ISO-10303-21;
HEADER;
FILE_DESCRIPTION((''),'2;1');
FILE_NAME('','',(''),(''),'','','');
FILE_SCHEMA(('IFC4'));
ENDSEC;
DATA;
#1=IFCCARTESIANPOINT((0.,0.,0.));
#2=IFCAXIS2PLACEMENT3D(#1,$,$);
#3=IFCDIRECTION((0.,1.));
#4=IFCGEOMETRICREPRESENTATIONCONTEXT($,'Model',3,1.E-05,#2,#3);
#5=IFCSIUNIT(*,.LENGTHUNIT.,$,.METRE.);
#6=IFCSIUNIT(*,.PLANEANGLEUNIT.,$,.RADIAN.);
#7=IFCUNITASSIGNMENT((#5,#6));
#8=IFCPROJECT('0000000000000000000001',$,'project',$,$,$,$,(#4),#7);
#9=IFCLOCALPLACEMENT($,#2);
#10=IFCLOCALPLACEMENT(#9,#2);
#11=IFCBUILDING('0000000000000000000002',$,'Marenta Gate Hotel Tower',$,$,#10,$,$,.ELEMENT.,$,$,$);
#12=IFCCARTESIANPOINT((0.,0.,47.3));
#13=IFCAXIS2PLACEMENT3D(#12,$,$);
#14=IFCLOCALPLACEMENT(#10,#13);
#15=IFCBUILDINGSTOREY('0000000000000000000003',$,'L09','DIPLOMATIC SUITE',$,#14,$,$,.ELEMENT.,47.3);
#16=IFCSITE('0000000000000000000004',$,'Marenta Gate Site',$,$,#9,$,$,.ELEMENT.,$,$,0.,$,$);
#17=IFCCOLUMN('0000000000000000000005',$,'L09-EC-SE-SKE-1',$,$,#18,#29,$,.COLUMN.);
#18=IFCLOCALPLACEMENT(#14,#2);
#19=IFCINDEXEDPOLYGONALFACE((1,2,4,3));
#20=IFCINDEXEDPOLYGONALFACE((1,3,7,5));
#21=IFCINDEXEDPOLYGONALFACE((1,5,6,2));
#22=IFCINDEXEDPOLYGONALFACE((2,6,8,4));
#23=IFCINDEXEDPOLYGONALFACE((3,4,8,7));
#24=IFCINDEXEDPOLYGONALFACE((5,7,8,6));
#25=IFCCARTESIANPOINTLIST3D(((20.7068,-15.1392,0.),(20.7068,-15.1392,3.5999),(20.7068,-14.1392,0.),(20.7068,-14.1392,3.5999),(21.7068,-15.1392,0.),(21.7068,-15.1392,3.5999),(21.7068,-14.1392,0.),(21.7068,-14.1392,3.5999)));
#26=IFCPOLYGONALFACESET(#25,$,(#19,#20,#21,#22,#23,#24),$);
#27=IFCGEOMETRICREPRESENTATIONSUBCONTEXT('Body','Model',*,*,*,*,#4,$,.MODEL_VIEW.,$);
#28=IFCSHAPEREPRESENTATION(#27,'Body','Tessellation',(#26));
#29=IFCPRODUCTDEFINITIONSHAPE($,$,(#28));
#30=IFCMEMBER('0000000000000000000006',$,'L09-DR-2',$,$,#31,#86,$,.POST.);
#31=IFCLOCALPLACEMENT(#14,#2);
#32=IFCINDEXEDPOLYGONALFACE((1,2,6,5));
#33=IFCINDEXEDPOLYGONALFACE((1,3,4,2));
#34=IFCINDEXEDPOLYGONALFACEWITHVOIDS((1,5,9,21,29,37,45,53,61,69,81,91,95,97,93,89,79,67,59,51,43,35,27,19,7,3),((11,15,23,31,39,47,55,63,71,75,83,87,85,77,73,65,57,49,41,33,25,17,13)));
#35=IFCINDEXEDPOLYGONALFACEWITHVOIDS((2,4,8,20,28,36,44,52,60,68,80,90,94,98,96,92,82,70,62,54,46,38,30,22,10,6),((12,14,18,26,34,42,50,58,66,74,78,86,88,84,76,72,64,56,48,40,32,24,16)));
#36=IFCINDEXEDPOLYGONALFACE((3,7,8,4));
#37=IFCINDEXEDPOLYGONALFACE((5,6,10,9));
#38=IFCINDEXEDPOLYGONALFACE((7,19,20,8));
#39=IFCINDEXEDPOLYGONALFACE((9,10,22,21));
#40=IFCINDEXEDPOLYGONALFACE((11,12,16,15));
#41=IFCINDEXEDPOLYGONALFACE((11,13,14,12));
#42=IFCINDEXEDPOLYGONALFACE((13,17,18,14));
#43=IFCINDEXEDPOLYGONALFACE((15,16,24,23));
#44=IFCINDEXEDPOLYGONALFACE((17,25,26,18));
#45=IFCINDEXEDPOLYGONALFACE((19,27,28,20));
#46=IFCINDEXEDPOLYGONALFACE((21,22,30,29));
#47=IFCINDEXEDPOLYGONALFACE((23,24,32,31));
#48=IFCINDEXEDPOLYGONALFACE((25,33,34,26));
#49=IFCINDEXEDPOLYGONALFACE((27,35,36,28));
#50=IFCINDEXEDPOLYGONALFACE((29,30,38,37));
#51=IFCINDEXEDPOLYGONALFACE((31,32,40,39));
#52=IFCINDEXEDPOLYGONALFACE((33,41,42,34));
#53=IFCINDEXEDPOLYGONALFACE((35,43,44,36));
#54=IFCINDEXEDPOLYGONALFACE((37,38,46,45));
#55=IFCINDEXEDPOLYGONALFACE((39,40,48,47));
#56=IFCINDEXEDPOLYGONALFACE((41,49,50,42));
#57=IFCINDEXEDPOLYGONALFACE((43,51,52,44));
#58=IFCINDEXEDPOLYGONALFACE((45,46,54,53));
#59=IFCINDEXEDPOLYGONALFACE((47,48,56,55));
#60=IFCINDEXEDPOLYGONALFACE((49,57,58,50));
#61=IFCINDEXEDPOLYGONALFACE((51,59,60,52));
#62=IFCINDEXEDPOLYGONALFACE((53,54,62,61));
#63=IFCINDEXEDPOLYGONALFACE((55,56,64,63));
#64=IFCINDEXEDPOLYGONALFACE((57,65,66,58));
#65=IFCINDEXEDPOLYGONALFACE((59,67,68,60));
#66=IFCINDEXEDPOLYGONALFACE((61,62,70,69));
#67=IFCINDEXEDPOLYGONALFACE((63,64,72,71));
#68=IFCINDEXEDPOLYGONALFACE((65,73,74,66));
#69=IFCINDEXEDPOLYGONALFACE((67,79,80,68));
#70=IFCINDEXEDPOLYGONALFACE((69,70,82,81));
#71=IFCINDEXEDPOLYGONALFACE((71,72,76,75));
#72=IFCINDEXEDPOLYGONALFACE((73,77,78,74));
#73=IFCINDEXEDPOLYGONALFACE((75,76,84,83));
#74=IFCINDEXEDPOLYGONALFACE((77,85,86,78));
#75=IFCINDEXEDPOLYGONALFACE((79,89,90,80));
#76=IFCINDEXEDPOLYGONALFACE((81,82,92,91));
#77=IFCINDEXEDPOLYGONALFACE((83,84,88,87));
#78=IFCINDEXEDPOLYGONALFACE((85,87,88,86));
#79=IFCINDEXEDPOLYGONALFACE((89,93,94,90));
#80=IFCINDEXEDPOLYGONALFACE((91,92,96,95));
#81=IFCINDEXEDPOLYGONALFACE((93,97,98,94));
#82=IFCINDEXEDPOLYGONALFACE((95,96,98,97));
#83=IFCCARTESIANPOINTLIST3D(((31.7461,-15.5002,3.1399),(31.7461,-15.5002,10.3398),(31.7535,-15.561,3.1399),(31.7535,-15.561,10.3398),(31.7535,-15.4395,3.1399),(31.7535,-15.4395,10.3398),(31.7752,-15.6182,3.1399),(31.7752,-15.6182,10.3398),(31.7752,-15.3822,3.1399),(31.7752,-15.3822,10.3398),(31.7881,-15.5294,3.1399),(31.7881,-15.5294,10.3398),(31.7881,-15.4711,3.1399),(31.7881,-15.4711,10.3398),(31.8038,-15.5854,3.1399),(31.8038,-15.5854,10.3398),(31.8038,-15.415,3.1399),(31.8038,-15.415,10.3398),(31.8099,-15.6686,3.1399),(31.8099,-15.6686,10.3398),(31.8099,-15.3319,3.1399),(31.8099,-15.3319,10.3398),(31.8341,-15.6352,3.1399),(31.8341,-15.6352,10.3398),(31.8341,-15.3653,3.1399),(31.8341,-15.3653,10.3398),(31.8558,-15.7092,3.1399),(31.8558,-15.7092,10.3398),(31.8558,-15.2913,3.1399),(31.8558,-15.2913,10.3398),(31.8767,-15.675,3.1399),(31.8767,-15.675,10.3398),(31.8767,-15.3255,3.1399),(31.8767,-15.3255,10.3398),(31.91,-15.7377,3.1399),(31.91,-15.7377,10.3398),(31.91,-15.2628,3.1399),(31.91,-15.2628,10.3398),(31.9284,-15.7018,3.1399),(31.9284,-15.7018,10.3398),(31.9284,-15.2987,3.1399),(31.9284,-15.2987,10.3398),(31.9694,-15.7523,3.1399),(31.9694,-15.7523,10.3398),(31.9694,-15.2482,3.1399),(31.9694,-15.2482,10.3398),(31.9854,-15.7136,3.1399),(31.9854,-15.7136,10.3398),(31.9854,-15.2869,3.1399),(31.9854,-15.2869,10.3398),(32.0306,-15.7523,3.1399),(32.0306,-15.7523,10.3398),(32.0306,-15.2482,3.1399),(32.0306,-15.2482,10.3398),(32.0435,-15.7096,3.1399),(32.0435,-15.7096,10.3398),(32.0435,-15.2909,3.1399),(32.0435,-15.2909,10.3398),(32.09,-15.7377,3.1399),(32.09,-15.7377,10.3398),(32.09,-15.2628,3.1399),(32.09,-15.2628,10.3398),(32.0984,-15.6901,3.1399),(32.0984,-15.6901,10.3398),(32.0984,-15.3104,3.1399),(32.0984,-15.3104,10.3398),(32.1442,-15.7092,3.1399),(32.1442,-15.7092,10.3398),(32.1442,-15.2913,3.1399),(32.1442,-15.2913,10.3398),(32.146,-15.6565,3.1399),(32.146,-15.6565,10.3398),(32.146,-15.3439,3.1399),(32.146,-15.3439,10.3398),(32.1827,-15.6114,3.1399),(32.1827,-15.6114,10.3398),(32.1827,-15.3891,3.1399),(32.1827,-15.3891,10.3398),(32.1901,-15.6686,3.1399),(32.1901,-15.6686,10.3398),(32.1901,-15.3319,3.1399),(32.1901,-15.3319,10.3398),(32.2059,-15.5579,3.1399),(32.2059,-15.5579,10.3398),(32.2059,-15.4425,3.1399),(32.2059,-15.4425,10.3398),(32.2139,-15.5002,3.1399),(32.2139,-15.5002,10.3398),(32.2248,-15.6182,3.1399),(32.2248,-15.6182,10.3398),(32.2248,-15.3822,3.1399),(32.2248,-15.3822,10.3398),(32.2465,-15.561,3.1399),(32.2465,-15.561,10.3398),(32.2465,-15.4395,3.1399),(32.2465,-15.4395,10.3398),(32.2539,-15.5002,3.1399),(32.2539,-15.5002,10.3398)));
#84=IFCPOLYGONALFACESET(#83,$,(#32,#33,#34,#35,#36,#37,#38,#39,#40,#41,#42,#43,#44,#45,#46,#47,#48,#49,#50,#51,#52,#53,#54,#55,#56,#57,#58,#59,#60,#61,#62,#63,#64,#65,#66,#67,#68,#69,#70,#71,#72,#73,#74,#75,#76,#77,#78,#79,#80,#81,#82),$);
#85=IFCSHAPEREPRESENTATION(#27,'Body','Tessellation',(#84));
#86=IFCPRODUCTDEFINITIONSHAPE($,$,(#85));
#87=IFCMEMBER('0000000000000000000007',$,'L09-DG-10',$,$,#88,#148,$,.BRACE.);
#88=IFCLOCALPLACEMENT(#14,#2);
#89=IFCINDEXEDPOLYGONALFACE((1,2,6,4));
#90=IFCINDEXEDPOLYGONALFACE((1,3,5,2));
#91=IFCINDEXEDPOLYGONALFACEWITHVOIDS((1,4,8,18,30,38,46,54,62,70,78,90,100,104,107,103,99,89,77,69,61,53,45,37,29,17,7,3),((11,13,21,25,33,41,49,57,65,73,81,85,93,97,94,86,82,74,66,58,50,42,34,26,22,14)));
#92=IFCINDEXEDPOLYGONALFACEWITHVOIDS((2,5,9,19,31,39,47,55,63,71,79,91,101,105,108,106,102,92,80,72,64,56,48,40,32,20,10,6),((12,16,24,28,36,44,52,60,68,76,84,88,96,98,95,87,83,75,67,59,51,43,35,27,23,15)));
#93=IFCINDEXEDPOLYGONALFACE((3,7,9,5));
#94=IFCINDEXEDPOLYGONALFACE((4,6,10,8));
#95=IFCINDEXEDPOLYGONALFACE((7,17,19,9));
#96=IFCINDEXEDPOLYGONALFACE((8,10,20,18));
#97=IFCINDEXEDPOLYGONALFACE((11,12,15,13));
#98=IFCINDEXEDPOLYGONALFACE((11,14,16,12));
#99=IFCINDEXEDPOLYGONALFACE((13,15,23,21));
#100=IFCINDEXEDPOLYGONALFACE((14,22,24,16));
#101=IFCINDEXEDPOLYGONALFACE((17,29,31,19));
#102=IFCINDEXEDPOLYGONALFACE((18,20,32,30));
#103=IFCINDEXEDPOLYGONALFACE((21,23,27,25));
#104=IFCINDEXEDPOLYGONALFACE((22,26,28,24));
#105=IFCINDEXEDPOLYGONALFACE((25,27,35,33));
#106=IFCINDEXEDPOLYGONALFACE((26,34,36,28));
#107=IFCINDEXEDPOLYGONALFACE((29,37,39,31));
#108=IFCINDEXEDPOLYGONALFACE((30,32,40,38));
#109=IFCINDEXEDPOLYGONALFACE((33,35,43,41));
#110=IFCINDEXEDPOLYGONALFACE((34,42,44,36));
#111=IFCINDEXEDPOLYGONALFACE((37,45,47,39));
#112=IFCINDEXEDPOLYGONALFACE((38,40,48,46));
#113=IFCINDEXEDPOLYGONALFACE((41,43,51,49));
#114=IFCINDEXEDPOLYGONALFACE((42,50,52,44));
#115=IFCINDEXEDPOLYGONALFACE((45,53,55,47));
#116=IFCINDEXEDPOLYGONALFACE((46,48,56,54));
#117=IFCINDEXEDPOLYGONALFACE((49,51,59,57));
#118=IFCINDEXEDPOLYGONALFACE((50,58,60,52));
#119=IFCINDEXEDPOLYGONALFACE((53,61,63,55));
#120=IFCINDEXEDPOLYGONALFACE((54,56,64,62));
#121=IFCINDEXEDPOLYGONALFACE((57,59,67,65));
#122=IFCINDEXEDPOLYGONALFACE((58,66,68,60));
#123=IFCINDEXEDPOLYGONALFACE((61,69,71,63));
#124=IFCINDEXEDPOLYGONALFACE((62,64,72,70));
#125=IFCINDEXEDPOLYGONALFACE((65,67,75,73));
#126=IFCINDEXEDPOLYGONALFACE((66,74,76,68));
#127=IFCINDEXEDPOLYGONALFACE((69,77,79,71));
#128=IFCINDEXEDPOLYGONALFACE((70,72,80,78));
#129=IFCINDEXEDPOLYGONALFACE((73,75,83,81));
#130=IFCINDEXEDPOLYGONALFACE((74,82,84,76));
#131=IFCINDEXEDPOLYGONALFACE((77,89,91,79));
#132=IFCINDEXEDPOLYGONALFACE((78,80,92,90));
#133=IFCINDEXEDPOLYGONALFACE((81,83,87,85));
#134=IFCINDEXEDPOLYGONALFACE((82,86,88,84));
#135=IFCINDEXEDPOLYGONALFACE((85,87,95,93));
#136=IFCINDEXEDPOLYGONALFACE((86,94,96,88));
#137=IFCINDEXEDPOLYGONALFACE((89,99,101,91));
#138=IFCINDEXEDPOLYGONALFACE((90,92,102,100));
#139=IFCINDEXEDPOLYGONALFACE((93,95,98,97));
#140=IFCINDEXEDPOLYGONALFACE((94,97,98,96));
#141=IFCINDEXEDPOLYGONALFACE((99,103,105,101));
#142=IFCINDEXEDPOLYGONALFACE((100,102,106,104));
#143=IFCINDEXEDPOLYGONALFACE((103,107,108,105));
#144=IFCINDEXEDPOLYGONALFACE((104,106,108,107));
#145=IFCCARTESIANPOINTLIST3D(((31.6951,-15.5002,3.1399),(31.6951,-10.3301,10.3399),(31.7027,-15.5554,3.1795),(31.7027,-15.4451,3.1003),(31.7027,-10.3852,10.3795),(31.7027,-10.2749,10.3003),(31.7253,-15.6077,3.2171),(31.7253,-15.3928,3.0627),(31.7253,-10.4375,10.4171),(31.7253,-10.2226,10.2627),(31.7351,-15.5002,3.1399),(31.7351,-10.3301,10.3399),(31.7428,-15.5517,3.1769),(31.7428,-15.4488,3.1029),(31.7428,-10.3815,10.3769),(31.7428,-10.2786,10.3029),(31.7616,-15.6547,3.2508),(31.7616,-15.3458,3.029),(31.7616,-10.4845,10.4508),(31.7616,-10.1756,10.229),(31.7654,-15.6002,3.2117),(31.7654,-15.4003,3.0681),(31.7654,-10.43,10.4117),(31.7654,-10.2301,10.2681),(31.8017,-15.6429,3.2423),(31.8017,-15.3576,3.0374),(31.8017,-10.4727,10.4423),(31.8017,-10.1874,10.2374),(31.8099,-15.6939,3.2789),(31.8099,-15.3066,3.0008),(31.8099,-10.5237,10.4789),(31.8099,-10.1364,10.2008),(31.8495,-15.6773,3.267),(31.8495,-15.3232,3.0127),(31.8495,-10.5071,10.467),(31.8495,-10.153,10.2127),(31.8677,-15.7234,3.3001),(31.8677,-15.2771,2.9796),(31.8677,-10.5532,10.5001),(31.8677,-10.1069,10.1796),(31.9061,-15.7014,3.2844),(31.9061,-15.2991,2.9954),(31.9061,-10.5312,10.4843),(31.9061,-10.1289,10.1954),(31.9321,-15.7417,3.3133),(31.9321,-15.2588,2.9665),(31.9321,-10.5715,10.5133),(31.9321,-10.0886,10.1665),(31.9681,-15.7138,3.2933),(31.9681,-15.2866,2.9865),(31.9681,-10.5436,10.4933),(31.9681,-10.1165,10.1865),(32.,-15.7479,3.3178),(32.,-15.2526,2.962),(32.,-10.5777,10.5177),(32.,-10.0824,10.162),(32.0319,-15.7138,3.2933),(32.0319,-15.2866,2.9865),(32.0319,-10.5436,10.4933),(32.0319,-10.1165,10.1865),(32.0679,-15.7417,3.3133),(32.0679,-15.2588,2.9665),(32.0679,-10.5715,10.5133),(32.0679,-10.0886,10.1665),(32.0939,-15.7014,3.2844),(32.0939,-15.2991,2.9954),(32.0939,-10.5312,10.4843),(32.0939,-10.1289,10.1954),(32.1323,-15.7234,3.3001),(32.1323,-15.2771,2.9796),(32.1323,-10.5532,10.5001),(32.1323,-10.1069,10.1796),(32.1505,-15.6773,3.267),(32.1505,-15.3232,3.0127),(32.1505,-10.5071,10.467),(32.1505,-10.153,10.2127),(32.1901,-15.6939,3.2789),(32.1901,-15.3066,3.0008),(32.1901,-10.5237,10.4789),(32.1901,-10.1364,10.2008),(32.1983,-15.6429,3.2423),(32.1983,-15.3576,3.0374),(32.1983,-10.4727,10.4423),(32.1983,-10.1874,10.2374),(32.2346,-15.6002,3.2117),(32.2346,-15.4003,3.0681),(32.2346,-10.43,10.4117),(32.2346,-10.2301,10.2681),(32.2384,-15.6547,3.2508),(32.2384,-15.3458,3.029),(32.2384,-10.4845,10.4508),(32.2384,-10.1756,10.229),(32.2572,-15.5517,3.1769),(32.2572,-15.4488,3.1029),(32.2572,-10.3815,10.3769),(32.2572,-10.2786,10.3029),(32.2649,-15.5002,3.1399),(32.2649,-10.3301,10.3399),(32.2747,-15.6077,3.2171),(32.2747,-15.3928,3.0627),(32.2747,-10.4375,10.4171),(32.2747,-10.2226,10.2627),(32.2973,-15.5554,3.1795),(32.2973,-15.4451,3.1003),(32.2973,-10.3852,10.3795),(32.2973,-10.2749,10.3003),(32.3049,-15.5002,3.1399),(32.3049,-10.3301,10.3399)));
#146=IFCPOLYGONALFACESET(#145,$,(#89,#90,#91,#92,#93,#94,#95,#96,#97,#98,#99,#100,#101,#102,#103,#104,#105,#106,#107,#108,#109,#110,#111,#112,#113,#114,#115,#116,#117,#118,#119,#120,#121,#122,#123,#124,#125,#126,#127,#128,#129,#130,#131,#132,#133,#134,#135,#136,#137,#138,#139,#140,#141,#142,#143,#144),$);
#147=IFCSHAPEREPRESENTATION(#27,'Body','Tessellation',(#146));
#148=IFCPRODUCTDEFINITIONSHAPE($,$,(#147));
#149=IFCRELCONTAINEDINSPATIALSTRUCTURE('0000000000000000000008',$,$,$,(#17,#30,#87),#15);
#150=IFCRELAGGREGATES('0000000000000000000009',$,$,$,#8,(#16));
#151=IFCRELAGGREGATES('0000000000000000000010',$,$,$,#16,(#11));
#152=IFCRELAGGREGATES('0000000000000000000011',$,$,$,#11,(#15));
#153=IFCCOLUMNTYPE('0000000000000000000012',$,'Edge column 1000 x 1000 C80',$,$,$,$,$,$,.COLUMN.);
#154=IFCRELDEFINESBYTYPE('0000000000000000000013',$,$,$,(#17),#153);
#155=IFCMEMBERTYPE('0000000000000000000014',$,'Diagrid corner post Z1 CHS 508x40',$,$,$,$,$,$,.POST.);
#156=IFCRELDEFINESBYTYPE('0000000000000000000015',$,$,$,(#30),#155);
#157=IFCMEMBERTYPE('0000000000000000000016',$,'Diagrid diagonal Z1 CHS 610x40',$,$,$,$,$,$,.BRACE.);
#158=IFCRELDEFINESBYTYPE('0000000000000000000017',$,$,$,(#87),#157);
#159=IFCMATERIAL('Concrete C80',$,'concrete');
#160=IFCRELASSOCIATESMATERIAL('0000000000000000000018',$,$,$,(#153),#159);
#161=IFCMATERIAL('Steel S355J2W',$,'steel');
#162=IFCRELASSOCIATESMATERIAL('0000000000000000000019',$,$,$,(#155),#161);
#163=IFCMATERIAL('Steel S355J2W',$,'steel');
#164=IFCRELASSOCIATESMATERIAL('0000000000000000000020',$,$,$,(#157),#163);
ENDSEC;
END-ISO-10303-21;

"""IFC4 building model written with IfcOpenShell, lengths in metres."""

from ifc_helpers import new_model, si_unit, direction, frame, origin, origin_2d, place, context, subcontext, project, spatial, rectangle, hollow_circle, extrude, material, material_profile, profile_set, type_object, element, save


model = new_model("IFC4")

# Units and contexts
model_context = context("Model", 3, precision=1e-05, world=origin(), true_north=direction((0.0, 1.0)))
body_context = subcontext(model_context, "Body", "Model", "MODEL_VIEW")
ifc_project = project(units=[si_unit("LENGTHUNIT", "METRE"), si_unit("PLANEANGLEUNIT", "RADIAN")], contexts=[model_context])

# Site, building, storey
site_placement = place(None, origin())
site = spatial("IfcSite", under=ifc_project, at=site_placement, Name="Marenta Gate Site", CompositionType="ELEMENT", RefElevation=0.0)
building_placement = place(site_placement, origin())
building = spatial("IfcBuilding", under=site, at=building_placement, Name="Marenta Gate Hotel Tower", CompositionType="ELEMENT")
storey_placement = place(building_placement, frame((0.0, 0.0, 47.3)))
storey = spatial("IfcBuildingStorey", under=building, at=storey_placement, Name="L09", Description="DIPLOMATIC SUITE", CompositionType="ELEMENT", Elevation=47.3)

# Column
ifc_material_1 = material(Name="Concrete C80", Category="concrete")
ifc_material_profile_1 = material_profile(ifc_material_1, rectangle(XDim=1.0, YDim=1.0, at=origin_2d()), Name="1000 x 1000")
ifc_profile_set_1 = profile_set([ifc_material_profile_1], Name="Concrete C80")
column_type = type_object("IfcColumnType", Name="Edge column 1000 x 1000 C80", PredefinedType="COLUMN", material=ifc_profile_set_1)
column_placement = place(storey_placement, frame((21.2068, -14.6392, 0.0), z_axis=(0.0, 0.0, 1.0), x_axis=(1.0, 0.0, 0.0)))
element("IfcColumn", 1, at=column_placement, inside=storey, type_object=column_type, Name="L09-EC-SE-SKE-1", PredefinedType="COLUMN", context=body_context, shape_type="SweptSolid", body=[
    extrude(rectangle(XDim=1.0, YDim=1.0, at=origin_2d()), origin(), (0.0, 0.0, 1.0), 3.5999),
])

# Members
ifc_material_2 = material(Name="Steel S355J2W", Category="steel")
ifc_material_profile_2 = material_profile(ifc_material_2, hollow_circle(Radius=0.2539, WallThickness=0.04, at=origin_2d()), Name="CHS 508x40")
ifc_profile_set_2 = profile_set([ifc_material_profile_2], Name="Steel S355J2W")
member_type_1 = type_object("IfcMemberType", Name="Diagrid corner post Z1 CHS 508x40", PredefinedType="POST", material=ifc_profile_set_2)
member_1_placement = place(storey_placement, frame((32.0, -15.5002, 3.1399), z_axis=(0.0, 0.0, 1.0), x_axis=(1.0, 0.0, 0.0)))
element("IfcMember", 2, at=member_1_placement, inside=storey, type_object=member_type_1, Name="L09-DR-2", PredefinedType="POST", context=body_context, shape_type="SweptSolid", body=[
    extrude(hollow_circle(Radius=0.2539, WallThickness=0.04, at=origin_2d()), origin(), (0.0, 0.0, 1.0), 7.2),
])
ifc_material_3 = material(Name="Steel S355J2W", Category="steel")
ifc_material_profile_3 = material_profile(ifc_material_3, hollow_circle(Radius=0.3049, WallThickness=0.04, at=origin_2d()), Name="CHS 610x40")
ifc_profile_set_3 = profile_set([ifc_material_profile_3], Name="Steel S355J2W")
member_type_2 = type_object("IfcMemberType", Name="Diagrid diagonal Z1 CHS 610x40", PredefinedType="BRACE", material=ifc_profile_set_3)
member_2_placement = place(storey_placement, frame((32.0, -15.5002, 3.1399), z_axis=(0.0, 0.583279, 0.812272), x_axis=(-1.0, 0.0, 0.0)))
element("IfcMember", 3, at=member_2_placement, inside=storey, type_object=member_type_2, Name="L09-DG-10", PredefinedType="BRACE", context=body_context, shape_type="SweptSolid", body=[
    extrude(hollow_circle(Radius=0.3049, WallThickness=0.04, at=origin_2d()), origin(), (0.0, 0.0, 1.0), 8.864),
])

save(model, "model.ifc")
